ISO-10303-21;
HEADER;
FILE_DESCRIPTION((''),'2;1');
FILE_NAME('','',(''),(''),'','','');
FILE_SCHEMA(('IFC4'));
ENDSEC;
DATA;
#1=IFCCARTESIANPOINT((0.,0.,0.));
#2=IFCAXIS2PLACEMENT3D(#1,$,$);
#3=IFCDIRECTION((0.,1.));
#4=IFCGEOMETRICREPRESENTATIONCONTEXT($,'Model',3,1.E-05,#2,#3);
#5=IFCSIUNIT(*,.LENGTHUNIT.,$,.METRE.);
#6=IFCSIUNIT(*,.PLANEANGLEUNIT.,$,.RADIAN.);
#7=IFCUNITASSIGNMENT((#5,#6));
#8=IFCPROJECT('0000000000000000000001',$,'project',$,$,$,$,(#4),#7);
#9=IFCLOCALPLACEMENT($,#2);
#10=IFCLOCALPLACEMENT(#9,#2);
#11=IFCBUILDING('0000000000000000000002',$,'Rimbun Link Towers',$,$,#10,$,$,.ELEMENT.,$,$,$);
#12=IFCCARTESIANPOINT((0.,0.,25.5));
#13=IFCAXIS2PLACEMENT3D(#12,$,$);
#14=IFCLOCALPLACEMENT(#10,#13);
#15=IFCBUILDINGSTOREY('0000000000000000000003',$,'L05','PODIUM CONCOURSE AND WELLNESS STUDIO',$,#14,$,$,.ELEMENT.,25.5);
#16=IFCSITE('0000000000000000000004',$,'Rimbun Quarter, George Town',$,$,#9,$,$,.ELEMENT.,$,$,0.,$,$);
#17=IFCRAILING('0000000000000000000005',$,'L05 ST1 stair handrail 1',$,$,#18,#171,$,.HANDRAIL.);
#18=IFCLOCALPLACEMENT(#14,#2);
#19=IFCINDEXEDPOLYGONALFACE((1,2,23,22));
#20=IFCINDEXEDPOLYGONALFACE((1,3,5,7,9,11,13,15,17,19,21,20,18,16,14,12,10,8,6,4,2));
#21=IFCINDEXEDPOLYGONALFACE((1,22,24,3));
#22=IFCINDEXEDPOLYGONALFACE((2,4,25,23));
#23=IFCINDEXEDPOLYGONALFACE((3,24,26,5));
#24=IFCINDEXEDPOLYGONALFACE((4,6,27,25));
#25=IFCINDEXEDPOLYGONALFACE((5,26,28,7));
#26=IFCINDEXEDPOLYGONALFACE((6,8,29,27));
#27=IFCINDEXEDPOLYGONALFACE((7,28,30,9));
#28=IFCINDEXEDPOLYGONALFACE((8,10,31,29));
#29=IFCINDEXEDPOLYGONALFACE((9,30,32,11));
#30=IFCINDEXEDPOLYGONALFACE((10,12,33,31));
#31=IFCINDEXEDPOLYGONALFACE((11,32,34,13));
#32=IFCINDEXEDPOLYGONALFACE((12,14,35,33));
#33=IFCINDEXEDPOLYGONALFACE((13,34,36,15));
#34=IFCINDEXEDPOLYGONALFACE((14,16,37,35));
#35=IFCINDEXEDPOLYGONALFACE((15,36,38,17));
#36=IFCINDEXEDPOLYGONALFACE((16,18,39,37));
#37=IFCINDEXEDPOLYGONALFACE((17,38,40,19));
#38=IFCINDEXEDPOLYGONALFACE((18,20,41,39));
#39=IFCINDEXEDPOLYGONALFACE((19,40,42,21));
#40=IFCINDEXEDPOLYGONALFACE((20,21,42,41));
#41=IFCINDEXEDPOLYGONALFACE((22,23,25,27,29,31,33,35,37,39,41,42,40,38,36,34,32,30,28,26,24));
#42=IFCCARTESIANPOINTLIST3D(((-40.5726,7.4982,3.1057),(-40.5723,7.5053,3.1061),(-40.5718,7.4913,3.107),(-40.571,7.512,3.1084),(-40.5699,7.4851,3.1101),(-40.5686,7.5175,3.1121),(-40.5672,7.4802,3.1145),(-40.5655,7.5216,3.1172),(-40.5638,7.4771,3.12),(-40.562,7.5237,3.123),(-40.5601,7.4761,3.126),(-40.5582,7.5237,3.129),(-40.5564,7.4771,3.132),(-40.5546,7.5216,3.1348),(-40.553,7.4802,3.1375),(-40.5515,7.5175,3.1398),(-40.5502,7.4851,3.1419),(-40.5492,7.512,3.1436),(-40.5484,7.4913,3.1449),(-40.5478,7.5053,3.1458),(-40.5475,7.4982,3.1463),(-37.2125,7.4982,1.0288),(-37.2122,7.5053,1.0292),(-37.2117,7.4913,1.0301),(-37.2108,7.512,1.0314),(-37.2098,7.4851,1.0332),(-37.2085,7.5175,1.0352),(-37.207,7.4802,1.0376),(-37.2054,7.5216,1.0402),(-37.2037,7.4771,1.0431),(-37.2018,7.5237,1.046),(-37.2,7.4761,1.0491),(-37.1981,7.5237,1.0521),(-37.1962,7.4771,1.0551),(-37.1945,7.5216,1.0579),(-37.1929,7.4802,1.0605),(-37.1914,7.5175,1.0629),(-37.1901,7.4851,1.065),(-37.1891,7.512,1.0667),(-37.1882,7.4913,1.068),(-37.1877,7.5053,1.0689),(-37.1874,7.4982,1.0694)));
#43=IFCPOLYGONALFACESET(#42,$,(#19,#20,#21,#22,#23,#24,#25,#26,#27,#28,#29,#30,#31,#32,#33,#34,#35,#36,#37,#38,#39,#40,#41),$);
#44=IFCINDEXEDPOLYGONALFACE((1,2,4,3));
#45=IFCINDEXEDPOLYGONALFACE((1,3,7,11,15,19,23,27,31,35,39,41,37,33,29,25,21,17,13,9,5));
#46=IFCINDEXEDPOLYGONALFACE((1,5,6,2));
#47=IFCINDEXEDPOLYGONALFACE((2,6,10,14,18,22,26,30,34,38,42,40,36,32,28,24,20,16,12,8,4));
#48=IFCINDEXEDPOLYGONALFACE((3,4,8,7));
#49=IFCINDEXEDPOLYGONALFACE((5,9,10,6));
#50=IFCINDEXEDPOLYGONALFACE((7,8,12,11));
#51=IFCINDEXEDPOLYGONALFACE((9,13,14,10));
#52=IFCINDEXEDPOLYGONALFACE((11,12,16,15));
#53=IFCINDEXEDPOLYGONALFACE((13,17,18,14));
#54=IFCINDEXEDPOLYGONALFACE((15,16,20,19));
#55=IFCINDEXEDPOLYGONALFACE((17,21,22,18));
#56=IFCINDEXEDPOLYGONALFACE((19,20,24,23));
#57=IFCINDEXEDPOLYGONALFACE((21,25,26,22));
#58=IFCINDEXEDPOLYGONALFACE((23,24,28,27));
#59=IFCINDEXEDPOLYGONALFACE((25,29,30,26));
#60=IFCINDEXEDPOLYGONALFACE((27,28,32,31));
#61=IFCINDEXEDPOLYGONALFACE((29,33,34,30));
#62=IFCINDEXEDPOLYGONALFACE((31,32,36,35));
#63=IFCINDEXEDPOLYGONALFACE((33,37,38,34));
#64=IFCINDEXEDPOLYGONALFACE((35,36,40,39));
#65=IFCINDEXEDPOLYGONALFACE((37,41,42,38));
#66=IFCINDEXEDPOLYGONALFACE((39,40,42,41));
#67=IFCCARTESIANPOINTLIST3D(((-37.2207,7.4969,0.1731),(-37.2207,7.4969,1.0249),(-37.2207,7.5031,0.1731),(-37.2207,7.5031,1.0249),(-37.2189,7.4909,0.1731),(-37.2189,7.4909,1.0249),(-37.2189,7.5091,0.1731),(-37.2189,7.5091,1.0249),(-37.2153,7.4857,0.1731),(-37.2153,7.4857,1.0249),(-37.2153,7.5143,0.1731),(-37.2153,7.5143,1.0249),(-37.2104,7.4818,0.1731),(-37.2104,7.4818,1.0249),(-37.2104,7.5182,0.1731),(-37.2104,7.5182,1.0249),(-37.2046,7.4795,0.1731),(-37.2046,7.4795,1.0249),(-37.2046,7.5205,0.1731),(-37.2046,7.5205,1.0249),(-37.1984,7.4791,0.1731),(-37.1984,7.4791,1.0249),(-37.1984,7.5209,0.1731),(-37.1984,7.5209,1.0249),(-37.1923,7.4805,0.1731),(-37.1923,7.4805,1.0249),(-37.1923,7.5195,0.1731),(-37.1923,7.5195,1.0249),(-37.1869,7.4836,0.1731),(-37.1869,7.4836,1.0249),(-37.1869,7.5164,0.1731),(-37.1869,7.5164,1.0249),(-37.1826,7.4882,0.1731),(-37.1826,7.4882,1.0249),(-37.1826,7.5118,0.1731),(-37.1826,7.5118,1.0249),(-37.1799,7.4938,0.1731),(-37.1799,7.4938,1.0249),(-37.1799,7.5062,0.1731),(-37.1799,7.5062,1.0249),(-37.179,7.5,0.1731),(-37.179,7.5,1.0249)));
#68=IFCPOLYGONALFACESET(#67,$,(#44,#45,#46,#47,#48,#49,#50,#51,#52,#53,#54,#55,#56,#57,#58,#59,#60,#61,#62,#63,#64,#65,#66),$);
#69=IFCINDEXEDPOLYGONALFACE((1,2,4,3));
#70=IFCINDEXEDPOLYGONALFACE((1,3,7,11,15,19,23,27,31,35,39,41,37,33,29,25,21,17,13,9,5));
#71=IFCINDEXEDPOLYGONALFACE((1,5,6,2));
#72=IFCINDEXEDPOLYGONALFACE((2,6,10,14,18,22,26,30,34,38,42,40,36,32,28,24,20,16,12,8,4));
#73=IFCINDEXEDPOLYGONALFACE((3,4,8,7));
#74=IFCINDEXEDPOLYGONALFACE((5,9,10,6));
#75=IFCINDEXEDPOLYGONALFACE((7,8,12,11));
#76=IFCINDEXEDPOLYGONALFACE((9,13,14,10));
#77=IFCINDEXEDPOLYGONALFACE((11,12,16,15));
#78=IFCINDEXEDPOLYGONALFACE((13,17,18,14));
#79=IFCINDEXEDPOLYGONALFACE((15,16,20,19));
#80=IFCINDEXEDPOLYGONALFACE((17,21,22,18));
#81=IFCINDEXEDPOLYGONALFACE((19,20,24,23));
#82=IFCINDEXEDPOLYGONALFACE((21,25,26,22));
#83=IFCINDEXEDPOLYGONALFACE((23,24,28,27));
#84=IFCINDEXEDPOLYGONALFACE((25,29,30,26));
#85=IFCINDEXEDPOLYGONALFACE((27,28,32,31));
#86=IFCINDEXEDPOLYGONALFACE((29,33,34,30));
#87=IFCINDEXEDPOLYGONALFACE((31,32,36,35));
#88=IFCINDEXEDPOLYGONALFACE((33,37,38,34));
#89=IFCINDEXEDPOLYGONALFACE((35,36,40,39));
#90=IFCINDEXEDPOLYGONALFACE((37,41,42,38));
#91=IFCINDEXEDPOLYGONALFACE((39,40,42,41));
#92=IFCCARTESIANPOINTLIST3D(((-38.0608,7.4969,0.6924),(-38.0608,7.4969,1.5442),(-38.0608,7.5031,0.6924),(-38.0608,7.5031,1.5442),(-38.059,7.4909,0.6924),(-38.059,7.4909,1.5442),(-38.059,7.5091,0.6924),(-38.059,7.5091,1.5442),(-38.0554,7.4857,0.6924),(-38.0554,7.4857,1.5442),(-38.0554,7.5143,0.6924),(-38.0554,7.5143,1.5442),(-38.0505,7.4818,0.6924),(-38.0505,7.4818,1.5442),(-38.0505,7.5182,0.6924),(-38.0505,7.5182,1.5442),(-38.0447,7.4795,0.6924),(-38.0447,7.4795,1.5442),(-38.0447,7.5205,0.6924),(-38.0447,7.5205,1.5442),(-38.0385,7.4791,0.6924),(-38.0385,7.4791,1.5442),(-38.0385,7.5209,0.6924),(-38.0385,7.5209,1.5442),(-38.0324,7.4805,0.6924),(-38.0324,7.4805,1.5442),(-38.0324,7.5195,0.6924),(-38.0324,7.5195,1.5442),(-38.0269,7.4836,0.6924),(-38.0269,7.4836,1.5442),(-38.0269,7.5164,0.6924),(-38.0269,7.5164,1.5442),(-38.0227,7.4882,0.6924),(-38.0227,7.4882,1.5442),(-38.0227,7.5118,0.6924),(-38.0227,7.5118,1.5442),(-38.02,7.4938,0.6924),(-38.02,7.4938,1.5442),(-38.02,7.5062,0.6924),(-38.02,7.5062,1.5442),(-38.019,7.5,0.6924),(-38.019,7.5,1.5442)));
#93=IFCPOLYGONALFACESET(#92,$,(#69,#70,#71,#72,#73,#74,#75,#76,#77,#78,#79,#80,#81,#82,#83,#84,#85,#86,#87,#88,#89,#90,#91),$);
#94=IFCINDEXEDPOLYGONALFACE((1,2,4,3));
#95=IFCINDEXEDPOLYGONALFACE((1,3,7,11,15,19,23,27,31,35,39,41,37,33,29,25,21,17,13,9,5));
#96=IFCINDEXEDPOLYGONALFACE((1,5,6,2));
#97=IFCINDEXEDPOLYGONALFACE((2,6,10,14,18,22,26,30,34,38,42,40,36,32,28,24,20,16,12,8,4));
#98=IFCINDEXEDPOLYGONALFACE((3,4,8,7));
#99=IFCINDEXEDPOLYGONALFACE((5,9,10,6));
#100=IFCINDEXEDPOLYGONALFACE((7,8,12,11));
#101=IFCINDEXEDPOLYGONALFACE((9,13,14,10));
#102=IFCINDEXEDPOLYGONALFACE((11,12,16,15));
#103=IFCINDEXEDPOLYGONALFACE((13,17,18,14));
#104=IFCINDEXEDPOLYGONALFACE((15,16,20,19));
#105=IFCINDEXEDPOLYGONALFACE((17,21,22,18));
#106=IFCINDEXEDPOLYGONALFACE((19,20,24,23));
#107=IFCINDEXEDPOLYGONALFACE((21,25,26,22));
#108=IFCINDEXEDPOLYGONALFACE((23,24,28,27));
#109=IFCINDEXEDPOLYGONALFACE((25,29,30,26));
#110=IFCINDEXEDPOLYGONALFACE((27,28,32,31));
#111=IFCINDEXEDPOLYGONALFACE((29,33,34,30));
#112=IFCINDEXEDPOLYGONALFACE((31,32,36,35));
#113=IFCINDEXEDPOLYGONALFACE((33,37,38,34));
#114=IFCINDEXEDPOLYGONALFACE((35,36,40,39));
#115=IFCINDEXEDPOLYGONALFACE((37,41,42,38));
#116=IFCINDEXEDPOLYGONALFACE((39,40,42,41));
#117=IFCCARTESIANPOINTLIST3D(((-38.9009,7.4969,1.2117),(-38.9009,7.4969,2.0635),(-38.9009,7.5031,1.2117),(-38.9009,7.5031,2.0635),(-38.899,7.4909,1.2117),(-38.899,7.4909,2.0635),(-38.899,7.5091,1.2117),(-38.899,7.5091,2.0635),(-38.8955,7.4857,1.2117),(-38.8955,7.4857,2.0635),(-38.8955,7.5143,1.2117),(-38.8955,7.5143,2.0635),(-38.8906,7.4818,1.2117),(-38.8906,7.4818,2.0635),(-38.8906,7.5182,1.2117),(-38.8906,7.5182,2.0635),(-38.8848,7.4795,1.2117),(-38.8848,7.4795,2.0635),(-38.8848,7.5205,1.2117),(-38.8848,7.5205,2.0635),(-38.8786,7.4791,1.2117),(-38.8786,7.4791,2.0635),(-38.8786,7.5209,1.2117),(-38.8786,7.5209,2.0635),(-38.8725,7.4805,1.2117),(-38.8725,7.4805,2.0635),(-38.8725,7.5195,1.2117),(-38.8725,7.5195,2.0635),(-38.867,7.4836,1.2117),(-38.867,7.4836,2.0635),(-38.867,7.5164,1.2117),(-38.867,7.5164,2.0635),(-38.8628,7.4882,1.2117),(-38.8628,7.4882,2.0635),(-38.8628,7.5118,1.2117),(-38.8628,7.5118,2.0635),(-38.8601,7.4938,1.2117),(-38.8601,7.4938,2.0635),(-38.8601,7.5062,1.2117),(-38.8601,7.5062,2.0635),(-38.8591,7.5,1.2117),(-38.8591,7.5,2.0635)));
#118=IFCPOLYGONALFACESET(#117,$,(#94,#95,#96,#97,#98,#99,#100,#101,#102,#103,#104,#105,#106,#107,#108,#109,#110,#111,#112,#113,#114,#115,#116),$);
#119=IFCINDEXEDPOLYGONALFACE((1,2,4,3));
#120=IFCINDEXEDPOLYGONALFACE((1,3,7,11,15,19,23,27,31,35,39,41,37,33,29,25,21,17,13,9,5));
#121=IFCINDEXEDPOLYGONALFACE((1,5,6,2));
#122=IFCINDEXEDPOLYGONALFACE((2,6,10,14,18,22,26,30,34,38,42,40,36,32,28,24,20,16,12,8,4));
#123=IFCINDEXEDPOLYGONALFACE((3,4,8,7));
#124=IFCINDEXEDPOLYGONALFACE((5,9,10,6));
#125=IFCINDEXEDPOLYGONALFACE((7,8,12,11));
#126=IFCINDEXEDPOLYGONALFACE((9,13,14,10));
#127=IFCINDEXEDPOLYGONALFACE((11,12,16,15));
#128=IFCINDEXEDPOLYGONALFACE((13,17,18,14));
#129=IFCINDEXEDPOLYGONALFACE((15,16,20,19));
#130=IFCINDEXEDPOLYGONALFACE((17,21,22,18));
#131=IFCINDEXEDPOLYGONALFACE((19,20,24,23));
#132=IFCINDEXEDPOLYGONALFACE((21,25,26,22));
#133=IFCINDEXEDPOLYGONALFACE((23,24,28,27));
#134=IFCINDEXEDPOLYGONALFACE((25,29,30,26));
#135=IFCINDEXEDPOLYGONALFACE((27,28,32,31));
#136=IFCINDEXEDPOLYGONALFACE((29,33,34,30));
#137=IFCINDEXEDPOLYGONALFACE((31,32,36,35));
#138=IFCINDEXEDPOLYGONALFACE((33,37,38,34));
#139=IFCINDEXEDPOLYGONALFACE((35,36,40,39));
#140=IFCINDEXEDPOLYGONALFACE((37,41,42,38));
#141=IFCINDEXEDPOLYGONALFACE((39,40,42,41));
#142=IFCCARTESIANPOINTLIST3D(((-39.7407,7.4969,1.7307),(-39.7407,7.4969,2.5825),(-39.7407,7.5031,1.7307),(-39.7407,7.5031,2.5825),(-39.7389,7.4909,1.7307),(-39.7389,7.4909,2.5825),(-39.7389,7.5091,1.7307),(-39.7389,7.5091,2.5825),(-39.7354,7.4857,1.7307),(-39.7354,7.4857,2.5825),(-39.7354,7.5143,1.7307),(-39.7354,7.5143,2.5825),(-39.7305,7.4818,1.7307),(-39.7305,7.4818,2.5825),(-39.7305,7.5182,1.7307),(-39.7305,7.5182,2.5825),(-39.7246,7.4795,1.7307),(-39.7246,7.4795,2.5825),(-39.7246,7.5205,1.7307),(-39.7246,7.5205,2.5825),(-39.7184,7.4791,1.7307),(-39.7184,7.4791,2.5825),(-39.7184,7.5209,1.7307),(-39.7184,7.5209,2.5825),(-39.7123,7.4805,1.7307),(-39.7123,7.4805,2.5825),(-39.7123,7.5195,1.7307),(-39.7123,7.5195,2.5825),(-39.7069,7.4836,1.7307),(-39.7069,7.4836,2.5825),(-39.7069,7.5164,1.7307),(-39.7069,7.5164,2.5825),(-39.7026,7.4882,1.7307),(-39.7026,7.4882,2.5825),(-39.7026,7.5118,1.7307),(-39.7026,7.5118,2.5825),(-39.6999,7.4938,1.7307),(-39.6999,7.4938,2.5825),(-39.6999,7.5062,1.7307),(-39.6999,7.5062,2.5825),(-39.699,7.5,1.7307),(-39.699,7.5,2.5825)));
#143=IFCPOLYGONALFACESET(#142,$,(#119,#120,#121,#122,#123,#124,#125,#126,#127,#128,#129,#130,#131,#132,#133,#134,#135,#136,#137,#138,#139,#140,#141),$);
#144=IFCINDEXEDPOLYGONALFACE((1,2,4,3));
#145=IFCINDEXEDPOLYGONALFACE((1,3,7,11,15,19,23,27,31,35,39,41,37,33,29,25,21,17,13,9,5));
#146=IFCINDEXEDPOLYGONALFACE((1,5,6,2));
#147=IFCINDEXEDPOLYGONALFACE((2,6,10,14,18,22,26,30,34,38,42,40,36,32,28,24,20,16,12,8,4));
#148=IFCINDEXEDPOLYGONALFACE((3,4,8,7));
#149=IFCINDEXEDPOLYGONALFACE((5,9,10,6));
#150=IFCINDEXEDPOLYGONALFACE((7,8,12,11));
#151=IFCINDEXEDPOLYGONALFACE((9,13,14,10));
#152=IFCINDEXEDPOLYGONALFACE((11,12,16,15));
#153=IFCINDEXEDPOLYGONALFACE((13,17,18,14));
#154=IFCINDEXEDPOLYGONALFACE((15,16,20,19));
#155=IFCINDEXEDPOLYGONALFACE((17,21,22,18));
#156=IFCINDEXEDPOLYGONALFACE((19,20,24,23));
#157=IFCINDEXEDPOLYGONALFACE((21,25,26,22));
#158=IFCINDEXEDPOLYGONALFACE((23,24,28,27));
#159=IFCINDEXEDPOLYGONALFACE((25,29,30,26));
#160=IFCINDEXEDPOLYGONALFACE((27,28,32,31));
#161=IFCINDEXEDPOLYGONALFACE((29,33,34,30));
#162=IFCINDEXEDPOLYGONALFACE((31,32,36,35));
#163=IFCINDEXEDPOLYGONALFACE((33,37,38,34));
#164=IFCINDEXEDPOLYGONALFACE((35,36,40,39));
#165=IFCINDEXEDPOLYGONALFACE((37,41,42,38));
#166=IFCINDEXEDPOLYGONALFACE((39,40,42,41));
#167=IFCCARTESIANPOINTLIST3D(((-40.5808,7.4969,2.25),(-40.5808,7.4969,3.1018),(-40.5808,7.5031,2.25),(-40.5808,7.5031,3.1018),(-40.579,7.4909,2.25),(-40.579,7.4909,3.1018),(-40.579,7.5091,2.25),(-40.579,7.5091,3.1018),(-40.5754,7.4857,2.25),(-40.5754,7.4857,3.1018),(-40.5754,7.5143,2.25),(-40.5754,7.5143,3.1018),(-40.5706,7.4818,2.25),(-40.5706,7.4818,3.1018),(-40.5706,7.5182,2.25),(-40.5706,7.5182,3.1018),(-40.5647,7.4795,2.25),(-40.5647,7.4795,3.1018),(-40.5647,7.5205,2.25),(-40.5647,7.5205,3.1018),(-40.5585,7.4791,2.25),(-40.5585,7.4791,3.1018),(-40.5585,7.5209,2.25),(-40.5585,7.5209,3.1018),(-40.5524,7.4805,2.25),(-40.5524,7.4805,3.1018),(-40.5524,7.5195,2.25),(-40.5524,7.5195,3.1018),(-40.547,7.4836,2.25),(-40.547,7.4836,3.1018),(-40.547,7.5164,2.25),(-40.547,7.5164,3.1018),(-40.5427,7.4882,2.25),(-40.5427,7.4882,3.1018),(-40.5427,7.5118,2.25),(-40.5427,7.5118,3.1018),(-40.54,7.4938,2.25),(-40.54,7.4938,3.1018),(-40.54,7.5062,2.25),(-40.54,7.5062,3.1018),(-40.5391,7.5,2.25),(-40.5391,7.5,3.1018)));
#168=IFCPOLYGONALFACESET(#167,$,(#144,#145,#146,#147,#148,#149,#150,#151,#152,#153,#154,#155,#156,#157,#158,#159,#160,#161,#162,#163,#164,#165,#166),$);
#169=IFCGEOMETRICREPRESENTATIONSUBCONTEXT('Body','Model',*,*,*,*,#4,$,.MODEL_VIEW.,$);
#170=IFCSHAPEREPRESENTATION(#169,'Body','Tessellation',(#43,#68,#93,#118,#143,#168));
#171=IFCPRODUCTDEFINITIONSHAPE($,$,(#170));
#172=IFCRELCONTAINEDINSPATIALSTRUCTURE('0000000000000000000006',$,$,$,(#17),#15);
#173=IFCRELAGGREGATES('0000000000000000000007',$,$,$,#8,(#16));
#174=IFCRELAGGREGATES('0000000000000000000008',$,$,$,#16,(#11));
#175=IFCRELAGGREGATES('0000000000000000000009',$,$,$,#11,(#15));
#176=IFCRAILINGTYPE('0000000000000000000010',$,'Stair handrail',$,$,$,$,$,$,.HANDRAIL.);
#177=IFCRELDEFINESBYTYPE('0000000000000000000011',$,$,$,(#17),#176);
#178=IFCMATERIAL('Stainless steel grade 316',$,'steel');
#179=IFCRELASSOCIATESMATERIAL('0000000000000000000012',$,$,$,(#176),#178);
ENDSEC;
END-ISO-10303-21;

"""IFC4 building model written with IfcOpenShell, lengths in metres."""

from ifc_helpers import new_model, si_unit, direction, frame, origin, origin_2d, place, context, subcontext, project, spatial, circle, extrude, material, type_object, element, save


model = new_model("IFC4")

# Units and contexts
model_context = context("Model", 3, precision=1e-05, world=origin(), true_north=direction((0.0, 1.0)))
body_context = subcontext(model_context, "Body", "Model", "MODEL_VIEW")
ifc_project = project(units=[si_unit("LENGTHUNIT", "METRE"), si_unit("PLANEANGLEUNIT", "RADIAN")], contexts=[model_context])

# Site, building, storey
site_placement = place(None, origin())
site = spatial("IfcSite", under=ifc_project, at=site_placement, Name="Rimbun Quarter, George Town", CompositionType="ELEMENT", RefElevation=0.0)
building_placement = place(site_placement, origin())
building = spatial("IfcBuilding", under=site, at=building_placement, Name="Rimbun Link Towers", CompositionType="ELEMENT")
storey_placement = place(building_placement, frame((0.0, 0.0, 25.5)))
storey = spatial("IfcBuildingStorey", under=building, at=storey_placement, Name="L05", Description="PODIUM CONCOURSE AND WELLNESS STUDIO", CompositionType="ELEMENT", Elevation=25.5)

# Railing
ifc_material_1 = material(Name="Stainless steel grade 316", Category="steel")
railing_type_1 = type_object("IfcRailingType", Name="Stair handrail", PredefinedType="HANDRAIL", material=ifc_material_1)
railing_1_placement = place(storey_placement, frame((-37.2, 7.5, 0.1731)))
element("IfcRailing", 1, at=railing_1_placement, inside=storey, type_object=railing_type_1, Name="L05 ST1 stair handrail 1", PredefinedType="HANDRAIL", context=body_context, shape_type="SweptSolid", body=[
    extrude(circle(Radius=0.0239, at=origin_2d()), frame((0.0, 0.0, 0.876), z_axis=(-0.850623, 0.0, 0.525776), x_axis=(0.0, -1.0, 0.0)), (0.0, 0.0, 1.0), 3.9502),
    extrude(circle(Radius=0.021, at=origin_2d()), origin(), (0.0, 0.0, 1.0), 0.8518),
    extrude(circle(Radius=0.021, at=origin_2d()), frame((-0.8401, 0.0, 0.5193)), (0.0, 0.0, 1.0), 0.8518),
    extrude(circle(Radius=0.021, at=origin_2d()), frame((-1.6802, 0.0, 1.0386)), (0.0, 0.0, 1.0), 0.8518),
    extrude(circle(Radius=0.021, at=origin_2d()), frame((-2.52, 0.0, 1.5576)), (0.0, 0.0, 1.0), 0.8518),
    extrude(circle(Radius=0.021, at=origin_2d()), frame((-3.3601, 0.0, 2.0769)), (0.0, 0.0, 1.0), 0.8518),
])

save(model, "model.ifc")
